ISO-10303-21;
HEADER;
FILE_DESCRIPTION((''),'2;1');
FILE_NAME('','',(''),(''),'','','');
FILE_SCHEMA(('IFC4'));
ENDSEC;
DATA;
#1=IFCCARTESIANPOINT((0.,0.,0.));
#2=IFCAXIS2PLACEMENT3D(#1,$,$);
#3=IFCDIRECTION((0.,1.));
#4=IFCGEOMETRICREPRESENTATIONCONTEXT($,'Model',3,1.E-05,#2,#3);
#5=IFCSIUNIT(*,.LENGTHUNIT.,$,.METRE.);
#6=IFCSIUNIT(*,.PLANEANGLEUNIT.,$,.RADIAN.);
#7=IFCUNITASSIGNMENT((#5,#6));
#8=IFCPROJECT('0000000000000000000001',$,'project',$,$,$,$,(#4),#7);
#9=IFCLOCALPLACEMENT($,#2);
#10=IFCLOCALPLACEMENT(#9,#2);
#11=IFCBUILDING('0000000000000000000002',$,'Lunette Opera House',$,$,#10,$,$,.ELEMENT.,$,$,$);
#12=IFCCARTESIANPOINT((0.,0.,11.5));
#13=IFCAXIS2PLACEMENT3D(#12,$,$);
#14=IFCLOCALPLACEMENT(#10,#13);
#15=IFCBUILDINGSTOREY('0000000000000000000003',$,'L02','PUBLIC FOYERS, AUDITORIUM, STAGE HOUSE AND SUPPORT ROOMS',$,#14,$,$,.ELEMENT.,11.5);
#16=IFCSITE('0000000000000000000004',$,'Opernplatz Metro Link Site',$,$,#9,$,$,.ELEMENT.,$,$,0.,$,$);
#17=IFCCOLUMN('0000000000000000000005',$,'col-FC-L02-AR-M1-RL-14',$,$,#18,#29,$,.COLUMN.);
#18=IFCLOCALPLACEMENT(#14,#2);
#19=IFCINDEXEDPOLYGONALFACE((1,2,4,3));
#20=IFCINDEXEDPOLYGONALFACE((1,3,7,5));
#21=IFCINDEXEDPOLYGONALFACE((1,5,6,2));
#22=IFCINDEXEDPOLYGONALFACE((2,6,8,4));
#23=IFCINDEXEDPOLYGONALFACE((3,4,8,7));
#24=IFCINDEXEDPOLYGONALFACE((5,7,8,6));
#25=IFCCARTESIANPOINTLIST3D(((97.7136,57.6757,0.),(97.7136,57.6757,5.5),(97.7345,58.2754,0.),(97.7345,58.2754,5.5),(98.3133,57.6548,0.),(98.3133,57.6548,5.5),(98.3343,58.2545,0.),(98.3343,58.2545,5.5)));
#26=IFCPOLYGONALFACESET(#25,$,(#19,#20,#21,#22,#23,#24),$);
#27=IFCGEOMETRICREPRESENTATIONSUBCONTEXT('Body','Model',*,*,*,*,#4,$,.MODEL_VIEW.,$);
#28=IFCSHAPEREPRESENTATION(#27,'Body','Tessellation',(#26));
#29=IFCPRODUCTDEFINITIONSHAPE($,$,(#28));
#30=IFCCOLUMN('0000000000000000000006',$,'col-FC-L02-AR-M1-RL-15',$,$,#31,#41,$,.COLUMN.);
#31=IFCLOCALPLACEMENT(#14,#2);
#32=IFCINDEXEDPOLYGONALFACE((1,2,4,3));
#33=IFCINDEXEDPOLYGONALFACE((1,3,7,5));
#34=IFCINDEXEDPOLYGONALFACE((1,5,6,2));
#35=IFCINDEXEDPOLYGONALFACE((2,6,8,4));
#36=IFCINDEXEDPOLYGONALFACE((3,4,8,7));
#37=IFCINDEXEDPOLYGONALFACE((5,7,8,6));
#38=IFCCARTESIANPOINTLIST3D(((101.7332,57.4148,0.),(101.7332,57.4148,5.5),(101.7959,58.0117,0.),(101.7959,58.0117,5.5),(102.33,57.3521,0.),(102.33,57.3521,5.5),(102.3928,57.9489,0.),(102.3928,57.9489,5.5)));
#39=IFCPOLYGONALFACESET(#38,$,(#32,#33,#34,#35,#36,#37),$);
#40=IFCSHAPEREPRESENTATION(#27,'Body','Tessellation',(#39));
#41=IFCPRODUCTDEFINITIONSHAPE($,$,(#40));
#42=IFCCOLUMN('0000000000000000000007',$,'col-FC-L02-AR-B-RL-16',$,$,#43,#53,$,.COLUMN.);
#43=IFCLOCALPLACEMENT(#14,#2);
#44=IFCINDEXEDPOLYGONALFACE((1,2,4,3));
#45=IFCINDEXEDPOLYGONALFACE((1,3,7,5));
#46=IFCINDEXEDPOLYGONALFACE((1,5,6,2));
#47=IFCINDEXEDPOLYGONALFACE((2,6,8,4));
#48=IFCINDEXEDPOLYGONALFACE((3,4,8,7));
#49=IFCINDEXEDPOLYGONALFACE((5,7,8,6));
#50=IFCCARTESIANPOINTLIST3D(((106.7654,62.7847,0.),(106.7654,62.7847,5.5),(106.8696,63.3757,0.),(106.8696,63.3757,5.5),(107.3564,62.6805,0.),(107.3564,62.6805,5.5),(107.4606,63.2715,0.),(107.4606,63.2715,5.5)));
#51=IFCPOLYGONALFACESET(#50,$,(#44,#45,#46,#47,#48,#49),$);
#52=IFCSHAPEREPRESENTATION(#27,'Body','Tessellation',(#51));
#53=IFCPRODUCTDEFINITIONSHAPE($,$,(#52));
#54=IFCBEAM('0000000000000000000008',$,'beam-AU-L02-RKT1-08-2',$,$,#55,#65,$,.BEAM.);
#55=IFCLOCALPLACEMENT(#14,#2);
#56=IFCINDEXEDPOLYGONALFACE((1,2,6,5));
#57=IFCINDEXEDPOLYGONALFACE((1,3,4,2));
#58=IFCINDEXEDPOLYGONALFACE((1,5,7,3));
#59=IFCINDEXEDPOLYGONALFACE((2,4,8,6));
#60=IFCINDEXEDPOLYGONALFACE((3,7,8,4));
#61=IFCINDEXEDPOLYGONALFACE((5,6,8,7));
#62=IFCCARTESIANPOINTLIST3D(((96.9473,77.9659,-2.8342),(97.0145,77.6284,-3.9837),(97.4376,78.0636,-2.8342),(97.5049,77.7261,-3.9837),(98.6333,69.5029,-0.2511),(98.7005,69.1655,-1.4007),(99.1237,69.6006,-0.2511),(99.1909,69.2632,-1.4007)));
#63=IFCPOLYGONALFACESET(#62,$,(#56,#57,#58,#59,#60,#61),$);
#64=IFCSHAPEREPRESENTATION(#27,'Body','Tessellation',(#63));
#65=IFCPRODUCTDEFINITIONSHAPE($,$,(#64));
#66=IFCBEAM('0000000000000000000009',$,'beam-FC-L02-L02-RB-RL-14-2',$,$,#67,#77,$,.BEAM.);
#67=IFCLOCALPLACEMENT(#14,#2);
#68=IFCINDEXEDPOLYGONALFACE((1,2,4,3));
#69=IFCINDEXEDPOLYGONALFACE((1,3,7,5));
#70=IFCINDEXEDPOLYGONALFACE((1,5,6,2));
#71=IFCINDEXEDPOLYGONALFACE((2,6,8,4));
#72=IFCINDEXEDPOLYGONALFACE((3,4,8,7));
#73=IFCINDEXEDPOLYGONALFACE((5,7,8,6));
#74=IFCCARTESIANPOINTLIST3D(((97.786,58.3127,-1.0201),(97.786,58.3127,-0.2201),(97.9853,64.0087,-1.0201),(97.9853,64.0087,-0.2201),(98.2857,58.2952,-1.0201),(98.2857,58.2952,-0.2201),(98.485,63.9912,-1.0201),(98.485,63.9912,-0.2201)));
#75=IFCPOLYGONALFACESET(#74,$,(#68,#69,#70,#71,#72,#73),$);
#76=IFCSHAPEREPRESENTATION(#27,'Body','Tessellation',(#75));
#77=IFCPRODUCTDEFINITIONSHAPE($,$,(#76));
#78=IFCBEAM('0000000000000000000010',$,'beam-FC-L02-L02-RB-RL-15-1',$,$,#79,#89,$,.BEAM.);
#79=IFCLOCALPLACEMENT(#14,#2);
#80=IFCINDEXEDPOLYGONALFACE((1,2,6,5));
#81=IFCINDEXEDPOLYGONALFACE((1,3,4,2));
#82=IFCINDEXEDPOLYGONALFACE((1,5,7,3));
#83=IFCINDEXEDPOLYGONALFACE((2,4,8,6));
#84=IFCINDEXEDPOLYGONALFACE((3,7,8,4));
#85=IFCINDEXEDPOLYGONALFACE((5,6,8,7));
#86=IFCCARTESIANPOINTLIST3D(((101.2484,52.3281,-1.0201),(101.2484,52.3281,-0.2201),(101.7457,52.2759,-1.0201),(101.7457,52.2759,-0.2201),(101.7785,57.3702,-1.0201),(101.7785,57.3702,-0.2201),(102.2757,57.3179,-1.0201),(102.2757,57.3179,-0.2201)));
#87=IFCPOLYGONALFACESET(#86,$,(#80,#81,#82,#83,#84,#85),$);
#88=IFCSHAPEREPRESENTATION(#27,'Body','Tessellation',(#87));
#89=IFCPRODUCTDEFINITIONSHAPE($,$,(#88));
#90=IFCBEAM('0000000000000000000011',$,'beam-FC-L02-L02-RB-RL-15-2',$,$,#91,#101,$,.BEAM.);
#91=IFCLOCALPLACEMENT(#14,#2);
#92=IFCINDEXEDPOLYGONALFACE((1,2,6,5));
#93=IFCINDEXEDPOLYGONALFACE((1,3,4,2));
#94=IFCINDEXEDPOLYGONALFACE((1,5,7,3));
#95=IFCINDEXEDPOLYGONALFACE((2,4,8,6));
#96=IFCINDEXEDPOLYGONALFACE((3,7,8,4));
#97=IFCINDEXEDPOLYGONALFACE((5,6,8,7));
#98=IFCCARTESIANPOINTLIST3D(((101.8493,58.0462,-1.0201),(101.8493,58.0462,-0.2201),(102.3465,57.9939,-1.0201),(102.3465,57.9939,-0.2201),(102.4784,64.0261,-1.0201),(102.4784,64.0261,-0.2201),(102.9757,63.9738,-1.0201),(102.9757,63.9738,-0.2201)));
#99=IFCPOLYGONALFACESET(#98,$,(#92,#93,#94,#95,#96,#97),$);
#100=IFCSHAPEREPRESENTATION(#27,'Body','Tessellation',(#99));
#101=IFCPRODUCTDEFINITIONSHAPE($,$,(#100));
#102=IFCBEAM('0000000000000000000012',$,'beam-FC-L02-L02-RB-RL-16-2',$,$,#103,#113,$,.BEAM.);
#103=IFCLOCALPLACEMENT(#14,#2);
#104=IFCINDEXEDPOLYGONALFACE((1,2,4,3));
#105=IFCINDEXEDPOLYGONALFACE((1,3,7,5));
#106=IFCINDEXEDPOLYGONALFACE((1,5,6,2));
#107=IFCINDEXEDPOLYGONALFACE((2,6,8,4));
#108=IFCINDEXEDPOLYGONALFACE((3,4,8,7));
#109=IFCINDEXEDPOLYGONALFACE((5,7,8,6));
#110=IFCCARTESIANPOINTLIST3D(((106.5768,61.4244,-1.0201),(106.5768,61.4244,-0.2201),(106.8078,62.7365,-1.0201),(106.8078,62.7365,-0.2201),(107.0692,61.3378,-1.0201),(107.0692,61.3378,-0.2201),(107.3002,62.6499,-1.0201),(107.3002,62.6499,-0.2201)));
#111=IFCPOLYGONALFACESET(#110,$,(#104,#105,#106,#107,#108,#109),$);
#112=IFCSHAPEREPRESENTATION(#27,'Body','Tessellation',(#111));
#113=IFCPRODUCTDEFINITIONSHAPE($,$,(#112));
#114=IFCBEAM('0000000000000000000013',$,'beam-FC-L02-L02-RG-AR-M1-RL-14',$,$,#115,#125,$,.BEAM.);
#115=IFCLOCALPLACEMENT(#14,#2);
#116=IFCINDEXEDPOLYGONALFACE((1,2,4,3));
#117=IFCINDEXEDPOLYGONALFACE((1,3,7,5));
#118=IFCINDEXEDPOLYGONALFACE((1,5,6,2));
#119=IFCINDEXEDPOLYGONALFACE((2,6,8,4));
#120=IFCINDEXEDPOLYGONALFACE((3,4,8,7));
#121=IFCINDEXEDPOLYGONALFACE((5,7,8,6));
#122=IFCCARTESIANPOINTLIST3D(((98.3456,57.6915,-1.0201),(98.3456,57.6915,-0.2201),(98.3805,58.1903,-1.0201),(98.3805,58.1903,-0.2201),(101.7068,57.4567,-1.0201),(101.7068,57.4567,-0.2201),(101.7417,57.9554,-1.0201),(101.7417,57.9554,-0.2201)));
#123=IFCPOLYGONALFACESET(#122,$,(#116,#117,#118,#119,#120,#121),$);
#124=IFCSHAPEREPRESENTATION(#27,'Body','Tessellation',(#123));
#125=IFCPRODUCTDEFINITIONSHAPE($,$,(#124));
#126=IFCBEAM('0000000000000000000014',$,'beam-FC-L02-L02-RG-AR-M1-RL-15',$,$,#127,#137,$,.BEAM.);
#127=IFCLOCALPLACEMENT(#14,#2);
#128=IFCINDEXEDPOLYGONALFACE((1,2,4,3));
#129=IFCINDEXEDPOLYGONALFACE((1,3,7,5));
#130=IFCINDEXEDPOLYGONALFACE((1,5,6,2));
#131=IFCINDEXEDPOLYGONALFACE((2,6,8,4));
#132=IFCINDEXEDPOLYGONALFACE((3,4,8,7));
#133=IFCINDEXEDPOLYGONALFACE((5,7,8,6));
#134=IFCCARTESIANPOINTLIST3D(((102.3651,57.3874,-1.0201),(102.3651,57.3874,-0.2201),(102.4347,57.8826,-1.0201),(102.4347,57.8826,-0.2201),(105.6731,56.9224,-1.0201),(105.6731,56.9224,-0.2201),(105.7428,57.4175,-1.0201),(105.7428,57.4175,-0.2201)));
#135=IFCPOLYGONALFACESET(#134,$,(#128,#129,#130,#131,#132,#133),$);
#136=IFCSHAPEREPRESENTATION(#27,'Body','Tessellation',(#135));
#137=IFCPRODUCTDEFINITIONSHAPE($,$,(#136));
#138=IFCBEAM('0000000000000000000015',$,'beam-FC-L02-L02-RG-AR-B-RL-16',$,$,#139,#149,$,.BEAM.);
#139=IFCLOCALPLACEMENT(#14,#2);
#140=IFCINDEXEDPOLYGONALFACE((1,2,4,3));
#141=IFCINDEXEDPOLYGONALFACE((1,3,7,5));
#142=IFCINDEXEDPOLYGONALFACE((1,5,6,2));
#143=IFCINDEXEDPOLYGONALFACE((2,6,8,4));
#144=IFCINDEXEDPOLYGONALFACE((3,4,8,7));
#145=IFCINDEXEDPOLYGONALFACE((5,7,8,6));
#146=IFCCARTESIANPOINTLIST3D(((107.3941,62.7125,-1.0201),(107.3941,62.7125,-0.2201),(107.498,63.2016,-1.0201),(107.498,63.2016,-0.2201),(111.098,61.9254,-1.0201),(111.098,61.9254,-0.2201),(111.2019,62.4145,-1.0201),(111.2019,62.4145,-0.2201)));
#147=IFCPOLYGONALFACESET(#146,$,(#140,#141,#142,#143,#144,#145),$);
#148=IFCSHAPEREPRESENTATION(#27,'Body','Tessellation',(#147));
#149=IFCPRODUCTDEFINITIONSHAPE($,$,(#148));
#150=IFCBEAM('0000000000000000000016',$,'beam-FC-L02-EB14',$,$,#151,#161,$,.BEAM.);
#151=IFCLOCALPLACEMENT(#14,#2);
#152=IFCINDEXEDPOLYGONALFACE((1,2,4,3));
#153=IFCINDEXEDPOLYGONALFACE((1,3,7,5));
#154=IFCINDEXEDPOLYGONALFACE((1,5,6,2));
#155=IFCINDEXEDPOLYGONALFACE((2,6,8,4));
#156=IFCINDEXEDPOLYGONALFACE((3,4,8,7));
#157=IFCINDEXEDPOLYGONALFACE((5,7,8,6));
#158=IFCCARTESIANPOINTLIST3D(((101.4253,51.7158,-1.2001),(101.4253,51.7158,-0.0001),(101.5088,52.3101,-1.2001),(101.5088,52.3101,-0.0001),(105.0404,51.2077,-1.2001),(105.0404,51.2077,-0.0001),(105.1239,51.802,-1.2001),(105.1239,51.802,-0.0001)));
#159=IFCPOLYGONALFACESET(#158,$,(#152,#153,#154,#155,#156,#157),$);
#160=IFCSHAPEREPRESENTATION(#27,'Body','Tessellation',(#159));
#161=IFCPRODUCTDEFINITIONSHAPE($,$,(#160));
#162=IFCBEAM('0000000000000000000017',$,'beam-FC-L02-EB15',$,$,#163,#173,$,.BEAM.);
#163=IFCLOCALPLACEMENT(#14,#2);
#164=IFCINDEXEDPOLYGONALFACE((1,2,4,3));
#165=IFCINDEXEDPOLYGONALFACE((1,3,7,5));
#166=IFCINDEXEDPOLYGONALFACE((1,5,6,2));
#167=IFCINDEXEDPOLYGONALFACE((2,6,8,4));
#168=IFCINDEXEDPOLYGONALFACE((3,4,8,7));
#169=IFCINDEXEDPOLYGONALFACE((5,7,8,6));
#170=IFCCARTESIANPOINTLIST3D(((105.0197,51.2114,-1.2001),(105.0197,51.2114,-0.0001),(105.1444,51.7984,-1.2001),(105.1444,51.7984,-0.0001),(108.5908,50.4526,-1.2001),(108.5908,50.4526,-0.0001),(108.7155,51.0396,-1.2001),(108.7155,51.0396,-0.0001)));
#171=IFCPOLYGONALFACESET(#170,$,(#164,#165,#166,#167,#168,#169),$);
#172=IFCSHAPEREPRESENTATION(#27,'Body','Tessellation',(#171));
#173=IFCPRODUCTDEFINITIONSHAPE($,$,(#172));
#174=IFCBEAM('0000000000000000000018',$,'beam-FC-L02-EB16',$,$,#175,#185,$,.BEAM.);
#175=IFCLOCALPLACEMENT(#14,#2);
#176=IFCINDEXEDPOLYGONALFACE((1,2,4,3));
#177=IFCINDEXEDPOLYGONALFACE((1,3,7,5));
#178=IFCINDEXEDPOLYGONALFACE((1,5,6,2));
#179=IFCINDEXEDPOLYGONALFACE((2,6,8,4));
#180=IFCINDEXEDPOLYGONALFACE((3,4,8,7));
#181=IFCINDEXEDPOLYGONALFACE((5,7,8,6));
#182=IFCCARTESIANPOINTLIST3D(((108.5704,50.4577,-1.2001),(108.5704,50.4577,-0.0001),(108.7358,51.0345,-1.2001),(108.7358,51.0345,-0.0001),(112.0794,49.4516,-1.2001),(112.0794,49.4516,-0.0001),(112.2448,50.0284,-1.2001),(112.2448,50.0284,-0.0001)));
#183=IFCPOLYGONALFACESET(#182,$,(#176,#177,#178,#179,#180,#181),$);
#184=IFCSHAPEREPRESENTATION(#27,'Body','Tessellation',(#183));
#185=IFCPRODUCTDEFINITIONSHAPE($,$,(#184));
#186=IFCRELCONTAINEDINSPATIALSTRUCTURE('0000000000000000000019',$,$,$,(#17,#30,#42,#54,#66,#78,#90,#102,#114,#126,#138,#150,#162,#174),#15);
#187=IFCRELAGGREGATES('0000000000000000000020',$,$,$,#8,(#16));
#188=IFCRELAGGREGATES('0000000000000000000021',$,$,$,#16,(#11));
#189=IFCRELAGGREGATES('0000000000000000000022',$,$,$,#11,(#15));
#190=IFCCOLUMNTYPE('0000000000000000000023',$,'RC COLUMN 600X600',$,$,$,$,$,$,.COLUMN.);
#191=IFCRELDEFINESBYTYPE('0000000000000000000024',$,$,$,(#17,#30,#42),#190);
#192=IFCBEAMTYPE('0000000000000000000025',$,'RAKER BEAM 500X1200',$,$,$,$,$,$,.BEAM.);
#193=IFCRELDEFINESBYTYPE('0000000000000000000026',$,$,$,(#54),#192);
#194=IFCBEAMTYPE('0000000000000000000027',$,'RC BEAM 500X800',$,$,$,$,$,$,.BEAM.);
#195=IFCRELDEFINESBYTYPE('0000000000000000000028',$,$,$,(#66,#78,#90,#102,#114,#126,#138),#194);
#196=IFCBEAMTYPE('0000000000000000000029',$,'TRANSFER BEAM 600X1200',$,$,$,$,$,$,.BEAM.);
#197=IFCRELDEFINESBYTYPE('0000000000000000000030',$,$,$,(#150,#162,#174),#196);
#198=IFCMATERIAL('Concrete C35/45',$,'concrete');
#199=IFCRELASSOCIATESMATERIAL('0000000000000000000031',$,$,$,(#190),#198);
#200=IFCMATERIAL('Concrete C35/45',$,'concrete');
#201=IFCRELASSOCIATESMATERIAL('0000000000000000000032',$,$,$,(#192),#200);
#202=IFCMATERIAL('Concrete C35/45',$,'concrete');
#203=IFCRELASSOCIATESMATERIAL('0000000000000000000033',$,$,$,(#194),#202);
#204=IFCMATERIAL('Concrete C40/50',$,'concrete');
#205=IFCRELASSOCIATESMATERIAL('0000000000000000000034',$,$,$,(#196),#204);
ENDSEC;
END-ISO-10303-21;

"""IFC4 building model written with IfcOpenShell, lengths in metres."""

from ifc_helpers import new_model, si_unit, direction, frame, origin, origin_2d, place, context, subcontext, project, spatial, rectangle, extrude, material, material_profile, profile_set, type_object, element, save


model = new_model("IFC4")

# Units and contexts
model_context = context("Model", 3, precision=1e-05, world=origin(), true_north=direction((0.0, 1.0)))
body_context = subcontext(model_context, "Body", "Model", "MODEL_VIEW")
ifc_project = project(units=[si_unit("LENGTHUNIT", "METRE"), si_unit("PLANEANGLEUNIT", "RADIAN")], contexts=[model_context])

# Site, building, storey
site_placement = place(None, origin())
site = spatial("IfcSite", under=ifc_project, at=site_placement, Name="Opernplatz Metro Link Site", CompositionType="ELEMENT", RefElevation=0.0)
building_placement = place(site_placement, origin())
building = spatial("IfcBuilding", under=site, at=building_placement, Name="Lunette Opera House", CompositionType="ELEMENT")
storey_placement = place(building_placement, frame((0.0, 0.0, 11.5)))
storey = spatial("IfcBuildingStorey", under=building, at=storey_placement, Name="L02", Description="PUBLIC FOYERS, AUDITORIUM, STAGE HOUSE AND SUPPORT ROOMS", CompositionType="ELEMENT", Elevation=11.5)

# Columns
ifc_material_1 = material(Name="Concrete C35/45", Category="concrete")
ifc_material_profile_1 = material_profile(ifc_material_1, rectangle(XDim=0.6001, YDim=0.6001, at=origin_2d()), Name="RC COLUMN 600X600")
ifc_profile_set_1 = profile_set([ifc_material_profile_1], Name="Concrete C35/45")
column_type = type_object("IfcColumnType", Name="RC COLUMN 600X600", PredefinedType="COLUMN", material=ifc_profile_set_1)
for number, where, z_axis, x_axis, name in (
    (1, (98.0239, 57.9651, 0.0), (0.0, 0.0, 1.0), (0.999391, -0.034899, 0.0), "col-FC-L02-AR-M1-RL-14"),
    (2, (102.063, 57.6819, 0.0), (0.0, 0.0, 1.0), (0.994522, -0.104528, 0.0), "col-FC-L02-AR-M1-RL-15"),
    (3, (107.113, 63.0281, 0.0), (0.0, 0.0, 1.0), (0.984808, -0.173648, 0.0), "col-FC-L02-AR-B-RL-16"),
):
    element("IfcColumn", number, at=place(storey_placement, frame(where, z_axis=z_axis, x_axis=x_axis)), inside=storey, type_object=column_type, Name=name, PredefinedType="COLUMN", context=body_context, shape_type="SweptSolid", body=[
        extrude(rectangle(XDim=0.6001, YDim=0.6001, at=origin_2d()), origin(), (0.0, 0.0, 1.0), 5.5),
    ])

# Beams
ifc_material_2 = material(Name="Concrete C35/45", Category="concrete")
ifc_material_profile_2 = material_profile(ifc_material_2, rectangle(XDim=0.5, YDim=1.2, at=origin_2d()), Name="RAKER BEAM 500X1200")
ifc_profile_set_2 = profile_set([ifc_material_profile_2], Name="Concrete C35/45")
beam_type_1 = type_object("IfcBeamType", Name="RAKER BEAM 500X1200", PredefinedType="BEAM", material=ifc_profile_set_2)
beam_1_placement = place(storey_placement, frame((98.9121, 69.3831, -0.8259), z_axis=(-0.187181, 0.939538, -0.286762), x_axis=(-0.980726, -0.195387, 0.0)))
element("IfcBeam", 4, at=beam_1_placement, inside=storey, type_object=beam_type_1, Name="beam-AU-L02-RKT1-08-2", PredefinedType="BEAM", context=body_context, shape_type="SweptSolid", body=[
    extrude(rectangle(XDim=0.5, YDim=1.2, at=origin_2d()), origin(), (0.0, 0.0, 1.0), 9.0076),
])
ifc_material_3 = material(Name="Concrete C35/45", Category="concrete")
ifc_material_profile_3 = material_profile(ifc_material_3, rectangle(XDim=0.5, YDim=0.8, at=origin_2d()), Name="RC BEAM 500X800")
ifc_profile_set_3 = profile_set([ifc_material_profile_3], Name="Concrete C35/45")
beam_type_2 = type_object("IfcBeamType", Name="RC BEAM 500X800", PredefinedType="BEAM", material=ifc_profile_set_3)
beam_2_placement = place(storey_placement, frame((98.0359, 58.304, -0.6201), z_axis=(0.034954, 0.999389, 0.0), x_axis=(-0.999389, 0.034954, 0.0)))
element("IfcBeam", 5, at=beam_2_placement, inside=storey, type_object=beam_type_2, Name="beam-FC-L02-L02-RB-RL-14-2", PredefinedType="BEAM", context=body_context, shape_type="SweptSolid", body=[
    extrude(rectangle(XDim=0.5, YDim=0.8, at=origin_2d()), origin(), (0.0, 0.0, 1.0), 5.6995),
])
beam_3_placement = place(storey_placement, frame((101.4971, 52.302, -0.6201), z_axis=(0.104547, 0.99452, 0.0), x_axis=(-0.99452, 0.104547, 0.0)))
element("IfcBeam", 6, at=beam_3_placement, inside=storey, type_object=beam_type_2, Name="beam-FC-L02-L02-RB-RL-15-1", PredefinedType="BEAM", context=body_context, shape_type="SweptSolid", body=[
    extrude(rectangle(XDim=0.5, YDim=0.8, at=origin_2d()), origin(), (0.0, 0.0, 1.0), 5.0698),
])
beam_4_placement = place(storey_placement, frame((102.0979, 58.02, -0.6201), z_axis=(0.104632, 0.994511, 0.0), x_axis=(-0.994511, 0.104632, 0.0)))
element("IfcBeam", 7, at=beam_4_placement, inside=storey, type_object=beam_type_2, Name="beam-FC-L02-L02-RB-RL-15-2", PredefinedType="BEAM", context=body_context, shape_type="SweptSolid", body=[
    extrude(rectangle(XDim=0.5, YDim=0.8, at=origin_2d()), origin(), (0.0, 0.0, 1.0), 6.0129),
])
beam_5_placement = place(storey_placement, frame((106.823, 61.3811, -0.6201), z_axis=(0.173367, 0.984857, 0.0), x_axis=(-0.984857, 0.173367, 0.0)))
element("IfcBeam", 8, at=beam_5_placement, inside=storey, type_object=beam_type_2, Name="beam-FC-L02-L02-RB-RL-16-2", PredefinedType="BEAM", context=body_context, shape_type="SweptSolid", body=[
    extrude(rectangle(XDim=0.5, YDim=0.8, at=origin_2d()), origin(), (0.0, 0.0, 1.0), 1.3323),
])
beam_6_placement = place(storey_placement, frame((98.363, 57.9409, -0.6201), z_axis=(0.997567, -0.069707, 0.0), x_axis=(0.069707, 0.997567, 0.0)))
element("IfcBeam", 9, at=beam_6_placement, inside=storey, type_object=beam_type_2, Name="beam-FC-L02-L02-RG-AR-M1-RL-14", PredefinedType="BEAM", context=body_context, shape_type="SweptSolid", body=[
    extrude(rectangle(XDim=0.5, YDim=0.8, at=origin_2d()), origin(), (0.0, 0.0, 1.0), 3.3694),
])
beam_7_placement = place(storey_placement, frame((102.3999, 57.635, -0.6201), z_axis=(0.990261, -0.139221, 0.0), x_axis=(0.139221, 0.990261, 0.0)))
element("IfcBeam", 10, at=beam_7_placement, inside=storey, type_object=beam_type_2, Name="beam-FC-L02-L02-RG-AR-M1-RL-15", PredefinedType="BEAM", context=body_context, shape_type="SweptSolid", body=[
    extrude(rectangle(XDim=0.5, YDim=0.8, at=origin_2d()), origin(), (0.0, 0.0, 1.0), 3.3406),
])
beam_8_placement = place(storey_placement, frame((107.446, 62.957, -0.6201), z_axis=(0.978157, -0.207869, 0.0), x_axis=(0.207869, 0.978157, 0.0)))
element("IfcBeam", 11, at=beam_8_placement, inside=storey, type_object=beam_type_2, Name="beam-FC-L02-L02-RG-AR-B-RL-16", PredefinedType="BEAM", context=body_context, shape_type="SweptSolid", body=[
    extrude(rectangle(XDim=0.5, YDim=0.8, at=origin_2d()), origin(), (0.0, 0.0, 1.0), 3.7866),
])
ifc_material_4 = material(Name="Concrete C40/50", Category="concrete")
ifc_material_profile_4 = material_profile(ifc_material_4, rectangle(XDim=0.6001, YDim=1.2, at=origin_2d()), Name="TRANSFER BEAM 600X1200")
ifc_profile_set_4 = profile_set([ifc_material_profile_4], Name="Concrete C40/50")
beam_type_3 = type_object("IfcBeamType", Name="TRANSFER BEAM 600X1200", PredefinedType="BEAM", material=ifc_profile_set_4)
beam_9_placement = place(storey_placement, frame((101.467, 52.0129, -0.6001), z_axis=(0.990268, -0.139174, 0.0), x_axis=(0.139174, 0.990268, 0.0)))
element("IfcBeam", 12, at=beam_9_placement, inside=storey, type_object=beam_type_3, Name="beam-FC-L02-EB14", PredefinedType="BEAM", context=body_context, shape_type="SweptSolid", body=[
    extrude(rectangle(XDim=0.6001, YDim=1.2, at=origin_2d()), origin(), (0.0, 0.0, 1.0), 3.6506),
])
beam_10_placement = place(storey_placement, frame((105.082, 51.5049, -0.6001), z_axis=(0.978162, -0.207844, 0.0), x_axis=(0.207844, 0.978162, 0.0)))
element("IfcBeam", 13, at=beam_10_placement, inside=storey, type_object=beam_type_3, Name="beam-FC-L02-EB15", PredefinedType="BEAM", context=body_context, shape_type="SweptSolid", body=[
    extrude(rectangle(XDim=0.6001, YDim=1.2, at=origin_2d()), origin(), (0.0, 0.0, 1.0), 3.6509),
])
beam_11_placement = place(storey_placement, frame((108.6531, 50.7461, -0.6001), z_axis=(0.961269, -0.275613, 0.0), x_axis=(0.275613, 0.961269, 0.0)))
element("IfcBeam", 14, at=beam_11_placement, inside=storey, type_object=beam_type_3, Name="beam-FC-L02-EB16", PredefinedType="BEAM", context=body_context, shape_type="SweptSolid", body=[
    extrude(rectangle(XDim=0.6001, YDim=1.2, at=origin_2d()), origin(), (0.0, 0.0, 1.0), 3.6504),
])

save(model, "model.ifc")
